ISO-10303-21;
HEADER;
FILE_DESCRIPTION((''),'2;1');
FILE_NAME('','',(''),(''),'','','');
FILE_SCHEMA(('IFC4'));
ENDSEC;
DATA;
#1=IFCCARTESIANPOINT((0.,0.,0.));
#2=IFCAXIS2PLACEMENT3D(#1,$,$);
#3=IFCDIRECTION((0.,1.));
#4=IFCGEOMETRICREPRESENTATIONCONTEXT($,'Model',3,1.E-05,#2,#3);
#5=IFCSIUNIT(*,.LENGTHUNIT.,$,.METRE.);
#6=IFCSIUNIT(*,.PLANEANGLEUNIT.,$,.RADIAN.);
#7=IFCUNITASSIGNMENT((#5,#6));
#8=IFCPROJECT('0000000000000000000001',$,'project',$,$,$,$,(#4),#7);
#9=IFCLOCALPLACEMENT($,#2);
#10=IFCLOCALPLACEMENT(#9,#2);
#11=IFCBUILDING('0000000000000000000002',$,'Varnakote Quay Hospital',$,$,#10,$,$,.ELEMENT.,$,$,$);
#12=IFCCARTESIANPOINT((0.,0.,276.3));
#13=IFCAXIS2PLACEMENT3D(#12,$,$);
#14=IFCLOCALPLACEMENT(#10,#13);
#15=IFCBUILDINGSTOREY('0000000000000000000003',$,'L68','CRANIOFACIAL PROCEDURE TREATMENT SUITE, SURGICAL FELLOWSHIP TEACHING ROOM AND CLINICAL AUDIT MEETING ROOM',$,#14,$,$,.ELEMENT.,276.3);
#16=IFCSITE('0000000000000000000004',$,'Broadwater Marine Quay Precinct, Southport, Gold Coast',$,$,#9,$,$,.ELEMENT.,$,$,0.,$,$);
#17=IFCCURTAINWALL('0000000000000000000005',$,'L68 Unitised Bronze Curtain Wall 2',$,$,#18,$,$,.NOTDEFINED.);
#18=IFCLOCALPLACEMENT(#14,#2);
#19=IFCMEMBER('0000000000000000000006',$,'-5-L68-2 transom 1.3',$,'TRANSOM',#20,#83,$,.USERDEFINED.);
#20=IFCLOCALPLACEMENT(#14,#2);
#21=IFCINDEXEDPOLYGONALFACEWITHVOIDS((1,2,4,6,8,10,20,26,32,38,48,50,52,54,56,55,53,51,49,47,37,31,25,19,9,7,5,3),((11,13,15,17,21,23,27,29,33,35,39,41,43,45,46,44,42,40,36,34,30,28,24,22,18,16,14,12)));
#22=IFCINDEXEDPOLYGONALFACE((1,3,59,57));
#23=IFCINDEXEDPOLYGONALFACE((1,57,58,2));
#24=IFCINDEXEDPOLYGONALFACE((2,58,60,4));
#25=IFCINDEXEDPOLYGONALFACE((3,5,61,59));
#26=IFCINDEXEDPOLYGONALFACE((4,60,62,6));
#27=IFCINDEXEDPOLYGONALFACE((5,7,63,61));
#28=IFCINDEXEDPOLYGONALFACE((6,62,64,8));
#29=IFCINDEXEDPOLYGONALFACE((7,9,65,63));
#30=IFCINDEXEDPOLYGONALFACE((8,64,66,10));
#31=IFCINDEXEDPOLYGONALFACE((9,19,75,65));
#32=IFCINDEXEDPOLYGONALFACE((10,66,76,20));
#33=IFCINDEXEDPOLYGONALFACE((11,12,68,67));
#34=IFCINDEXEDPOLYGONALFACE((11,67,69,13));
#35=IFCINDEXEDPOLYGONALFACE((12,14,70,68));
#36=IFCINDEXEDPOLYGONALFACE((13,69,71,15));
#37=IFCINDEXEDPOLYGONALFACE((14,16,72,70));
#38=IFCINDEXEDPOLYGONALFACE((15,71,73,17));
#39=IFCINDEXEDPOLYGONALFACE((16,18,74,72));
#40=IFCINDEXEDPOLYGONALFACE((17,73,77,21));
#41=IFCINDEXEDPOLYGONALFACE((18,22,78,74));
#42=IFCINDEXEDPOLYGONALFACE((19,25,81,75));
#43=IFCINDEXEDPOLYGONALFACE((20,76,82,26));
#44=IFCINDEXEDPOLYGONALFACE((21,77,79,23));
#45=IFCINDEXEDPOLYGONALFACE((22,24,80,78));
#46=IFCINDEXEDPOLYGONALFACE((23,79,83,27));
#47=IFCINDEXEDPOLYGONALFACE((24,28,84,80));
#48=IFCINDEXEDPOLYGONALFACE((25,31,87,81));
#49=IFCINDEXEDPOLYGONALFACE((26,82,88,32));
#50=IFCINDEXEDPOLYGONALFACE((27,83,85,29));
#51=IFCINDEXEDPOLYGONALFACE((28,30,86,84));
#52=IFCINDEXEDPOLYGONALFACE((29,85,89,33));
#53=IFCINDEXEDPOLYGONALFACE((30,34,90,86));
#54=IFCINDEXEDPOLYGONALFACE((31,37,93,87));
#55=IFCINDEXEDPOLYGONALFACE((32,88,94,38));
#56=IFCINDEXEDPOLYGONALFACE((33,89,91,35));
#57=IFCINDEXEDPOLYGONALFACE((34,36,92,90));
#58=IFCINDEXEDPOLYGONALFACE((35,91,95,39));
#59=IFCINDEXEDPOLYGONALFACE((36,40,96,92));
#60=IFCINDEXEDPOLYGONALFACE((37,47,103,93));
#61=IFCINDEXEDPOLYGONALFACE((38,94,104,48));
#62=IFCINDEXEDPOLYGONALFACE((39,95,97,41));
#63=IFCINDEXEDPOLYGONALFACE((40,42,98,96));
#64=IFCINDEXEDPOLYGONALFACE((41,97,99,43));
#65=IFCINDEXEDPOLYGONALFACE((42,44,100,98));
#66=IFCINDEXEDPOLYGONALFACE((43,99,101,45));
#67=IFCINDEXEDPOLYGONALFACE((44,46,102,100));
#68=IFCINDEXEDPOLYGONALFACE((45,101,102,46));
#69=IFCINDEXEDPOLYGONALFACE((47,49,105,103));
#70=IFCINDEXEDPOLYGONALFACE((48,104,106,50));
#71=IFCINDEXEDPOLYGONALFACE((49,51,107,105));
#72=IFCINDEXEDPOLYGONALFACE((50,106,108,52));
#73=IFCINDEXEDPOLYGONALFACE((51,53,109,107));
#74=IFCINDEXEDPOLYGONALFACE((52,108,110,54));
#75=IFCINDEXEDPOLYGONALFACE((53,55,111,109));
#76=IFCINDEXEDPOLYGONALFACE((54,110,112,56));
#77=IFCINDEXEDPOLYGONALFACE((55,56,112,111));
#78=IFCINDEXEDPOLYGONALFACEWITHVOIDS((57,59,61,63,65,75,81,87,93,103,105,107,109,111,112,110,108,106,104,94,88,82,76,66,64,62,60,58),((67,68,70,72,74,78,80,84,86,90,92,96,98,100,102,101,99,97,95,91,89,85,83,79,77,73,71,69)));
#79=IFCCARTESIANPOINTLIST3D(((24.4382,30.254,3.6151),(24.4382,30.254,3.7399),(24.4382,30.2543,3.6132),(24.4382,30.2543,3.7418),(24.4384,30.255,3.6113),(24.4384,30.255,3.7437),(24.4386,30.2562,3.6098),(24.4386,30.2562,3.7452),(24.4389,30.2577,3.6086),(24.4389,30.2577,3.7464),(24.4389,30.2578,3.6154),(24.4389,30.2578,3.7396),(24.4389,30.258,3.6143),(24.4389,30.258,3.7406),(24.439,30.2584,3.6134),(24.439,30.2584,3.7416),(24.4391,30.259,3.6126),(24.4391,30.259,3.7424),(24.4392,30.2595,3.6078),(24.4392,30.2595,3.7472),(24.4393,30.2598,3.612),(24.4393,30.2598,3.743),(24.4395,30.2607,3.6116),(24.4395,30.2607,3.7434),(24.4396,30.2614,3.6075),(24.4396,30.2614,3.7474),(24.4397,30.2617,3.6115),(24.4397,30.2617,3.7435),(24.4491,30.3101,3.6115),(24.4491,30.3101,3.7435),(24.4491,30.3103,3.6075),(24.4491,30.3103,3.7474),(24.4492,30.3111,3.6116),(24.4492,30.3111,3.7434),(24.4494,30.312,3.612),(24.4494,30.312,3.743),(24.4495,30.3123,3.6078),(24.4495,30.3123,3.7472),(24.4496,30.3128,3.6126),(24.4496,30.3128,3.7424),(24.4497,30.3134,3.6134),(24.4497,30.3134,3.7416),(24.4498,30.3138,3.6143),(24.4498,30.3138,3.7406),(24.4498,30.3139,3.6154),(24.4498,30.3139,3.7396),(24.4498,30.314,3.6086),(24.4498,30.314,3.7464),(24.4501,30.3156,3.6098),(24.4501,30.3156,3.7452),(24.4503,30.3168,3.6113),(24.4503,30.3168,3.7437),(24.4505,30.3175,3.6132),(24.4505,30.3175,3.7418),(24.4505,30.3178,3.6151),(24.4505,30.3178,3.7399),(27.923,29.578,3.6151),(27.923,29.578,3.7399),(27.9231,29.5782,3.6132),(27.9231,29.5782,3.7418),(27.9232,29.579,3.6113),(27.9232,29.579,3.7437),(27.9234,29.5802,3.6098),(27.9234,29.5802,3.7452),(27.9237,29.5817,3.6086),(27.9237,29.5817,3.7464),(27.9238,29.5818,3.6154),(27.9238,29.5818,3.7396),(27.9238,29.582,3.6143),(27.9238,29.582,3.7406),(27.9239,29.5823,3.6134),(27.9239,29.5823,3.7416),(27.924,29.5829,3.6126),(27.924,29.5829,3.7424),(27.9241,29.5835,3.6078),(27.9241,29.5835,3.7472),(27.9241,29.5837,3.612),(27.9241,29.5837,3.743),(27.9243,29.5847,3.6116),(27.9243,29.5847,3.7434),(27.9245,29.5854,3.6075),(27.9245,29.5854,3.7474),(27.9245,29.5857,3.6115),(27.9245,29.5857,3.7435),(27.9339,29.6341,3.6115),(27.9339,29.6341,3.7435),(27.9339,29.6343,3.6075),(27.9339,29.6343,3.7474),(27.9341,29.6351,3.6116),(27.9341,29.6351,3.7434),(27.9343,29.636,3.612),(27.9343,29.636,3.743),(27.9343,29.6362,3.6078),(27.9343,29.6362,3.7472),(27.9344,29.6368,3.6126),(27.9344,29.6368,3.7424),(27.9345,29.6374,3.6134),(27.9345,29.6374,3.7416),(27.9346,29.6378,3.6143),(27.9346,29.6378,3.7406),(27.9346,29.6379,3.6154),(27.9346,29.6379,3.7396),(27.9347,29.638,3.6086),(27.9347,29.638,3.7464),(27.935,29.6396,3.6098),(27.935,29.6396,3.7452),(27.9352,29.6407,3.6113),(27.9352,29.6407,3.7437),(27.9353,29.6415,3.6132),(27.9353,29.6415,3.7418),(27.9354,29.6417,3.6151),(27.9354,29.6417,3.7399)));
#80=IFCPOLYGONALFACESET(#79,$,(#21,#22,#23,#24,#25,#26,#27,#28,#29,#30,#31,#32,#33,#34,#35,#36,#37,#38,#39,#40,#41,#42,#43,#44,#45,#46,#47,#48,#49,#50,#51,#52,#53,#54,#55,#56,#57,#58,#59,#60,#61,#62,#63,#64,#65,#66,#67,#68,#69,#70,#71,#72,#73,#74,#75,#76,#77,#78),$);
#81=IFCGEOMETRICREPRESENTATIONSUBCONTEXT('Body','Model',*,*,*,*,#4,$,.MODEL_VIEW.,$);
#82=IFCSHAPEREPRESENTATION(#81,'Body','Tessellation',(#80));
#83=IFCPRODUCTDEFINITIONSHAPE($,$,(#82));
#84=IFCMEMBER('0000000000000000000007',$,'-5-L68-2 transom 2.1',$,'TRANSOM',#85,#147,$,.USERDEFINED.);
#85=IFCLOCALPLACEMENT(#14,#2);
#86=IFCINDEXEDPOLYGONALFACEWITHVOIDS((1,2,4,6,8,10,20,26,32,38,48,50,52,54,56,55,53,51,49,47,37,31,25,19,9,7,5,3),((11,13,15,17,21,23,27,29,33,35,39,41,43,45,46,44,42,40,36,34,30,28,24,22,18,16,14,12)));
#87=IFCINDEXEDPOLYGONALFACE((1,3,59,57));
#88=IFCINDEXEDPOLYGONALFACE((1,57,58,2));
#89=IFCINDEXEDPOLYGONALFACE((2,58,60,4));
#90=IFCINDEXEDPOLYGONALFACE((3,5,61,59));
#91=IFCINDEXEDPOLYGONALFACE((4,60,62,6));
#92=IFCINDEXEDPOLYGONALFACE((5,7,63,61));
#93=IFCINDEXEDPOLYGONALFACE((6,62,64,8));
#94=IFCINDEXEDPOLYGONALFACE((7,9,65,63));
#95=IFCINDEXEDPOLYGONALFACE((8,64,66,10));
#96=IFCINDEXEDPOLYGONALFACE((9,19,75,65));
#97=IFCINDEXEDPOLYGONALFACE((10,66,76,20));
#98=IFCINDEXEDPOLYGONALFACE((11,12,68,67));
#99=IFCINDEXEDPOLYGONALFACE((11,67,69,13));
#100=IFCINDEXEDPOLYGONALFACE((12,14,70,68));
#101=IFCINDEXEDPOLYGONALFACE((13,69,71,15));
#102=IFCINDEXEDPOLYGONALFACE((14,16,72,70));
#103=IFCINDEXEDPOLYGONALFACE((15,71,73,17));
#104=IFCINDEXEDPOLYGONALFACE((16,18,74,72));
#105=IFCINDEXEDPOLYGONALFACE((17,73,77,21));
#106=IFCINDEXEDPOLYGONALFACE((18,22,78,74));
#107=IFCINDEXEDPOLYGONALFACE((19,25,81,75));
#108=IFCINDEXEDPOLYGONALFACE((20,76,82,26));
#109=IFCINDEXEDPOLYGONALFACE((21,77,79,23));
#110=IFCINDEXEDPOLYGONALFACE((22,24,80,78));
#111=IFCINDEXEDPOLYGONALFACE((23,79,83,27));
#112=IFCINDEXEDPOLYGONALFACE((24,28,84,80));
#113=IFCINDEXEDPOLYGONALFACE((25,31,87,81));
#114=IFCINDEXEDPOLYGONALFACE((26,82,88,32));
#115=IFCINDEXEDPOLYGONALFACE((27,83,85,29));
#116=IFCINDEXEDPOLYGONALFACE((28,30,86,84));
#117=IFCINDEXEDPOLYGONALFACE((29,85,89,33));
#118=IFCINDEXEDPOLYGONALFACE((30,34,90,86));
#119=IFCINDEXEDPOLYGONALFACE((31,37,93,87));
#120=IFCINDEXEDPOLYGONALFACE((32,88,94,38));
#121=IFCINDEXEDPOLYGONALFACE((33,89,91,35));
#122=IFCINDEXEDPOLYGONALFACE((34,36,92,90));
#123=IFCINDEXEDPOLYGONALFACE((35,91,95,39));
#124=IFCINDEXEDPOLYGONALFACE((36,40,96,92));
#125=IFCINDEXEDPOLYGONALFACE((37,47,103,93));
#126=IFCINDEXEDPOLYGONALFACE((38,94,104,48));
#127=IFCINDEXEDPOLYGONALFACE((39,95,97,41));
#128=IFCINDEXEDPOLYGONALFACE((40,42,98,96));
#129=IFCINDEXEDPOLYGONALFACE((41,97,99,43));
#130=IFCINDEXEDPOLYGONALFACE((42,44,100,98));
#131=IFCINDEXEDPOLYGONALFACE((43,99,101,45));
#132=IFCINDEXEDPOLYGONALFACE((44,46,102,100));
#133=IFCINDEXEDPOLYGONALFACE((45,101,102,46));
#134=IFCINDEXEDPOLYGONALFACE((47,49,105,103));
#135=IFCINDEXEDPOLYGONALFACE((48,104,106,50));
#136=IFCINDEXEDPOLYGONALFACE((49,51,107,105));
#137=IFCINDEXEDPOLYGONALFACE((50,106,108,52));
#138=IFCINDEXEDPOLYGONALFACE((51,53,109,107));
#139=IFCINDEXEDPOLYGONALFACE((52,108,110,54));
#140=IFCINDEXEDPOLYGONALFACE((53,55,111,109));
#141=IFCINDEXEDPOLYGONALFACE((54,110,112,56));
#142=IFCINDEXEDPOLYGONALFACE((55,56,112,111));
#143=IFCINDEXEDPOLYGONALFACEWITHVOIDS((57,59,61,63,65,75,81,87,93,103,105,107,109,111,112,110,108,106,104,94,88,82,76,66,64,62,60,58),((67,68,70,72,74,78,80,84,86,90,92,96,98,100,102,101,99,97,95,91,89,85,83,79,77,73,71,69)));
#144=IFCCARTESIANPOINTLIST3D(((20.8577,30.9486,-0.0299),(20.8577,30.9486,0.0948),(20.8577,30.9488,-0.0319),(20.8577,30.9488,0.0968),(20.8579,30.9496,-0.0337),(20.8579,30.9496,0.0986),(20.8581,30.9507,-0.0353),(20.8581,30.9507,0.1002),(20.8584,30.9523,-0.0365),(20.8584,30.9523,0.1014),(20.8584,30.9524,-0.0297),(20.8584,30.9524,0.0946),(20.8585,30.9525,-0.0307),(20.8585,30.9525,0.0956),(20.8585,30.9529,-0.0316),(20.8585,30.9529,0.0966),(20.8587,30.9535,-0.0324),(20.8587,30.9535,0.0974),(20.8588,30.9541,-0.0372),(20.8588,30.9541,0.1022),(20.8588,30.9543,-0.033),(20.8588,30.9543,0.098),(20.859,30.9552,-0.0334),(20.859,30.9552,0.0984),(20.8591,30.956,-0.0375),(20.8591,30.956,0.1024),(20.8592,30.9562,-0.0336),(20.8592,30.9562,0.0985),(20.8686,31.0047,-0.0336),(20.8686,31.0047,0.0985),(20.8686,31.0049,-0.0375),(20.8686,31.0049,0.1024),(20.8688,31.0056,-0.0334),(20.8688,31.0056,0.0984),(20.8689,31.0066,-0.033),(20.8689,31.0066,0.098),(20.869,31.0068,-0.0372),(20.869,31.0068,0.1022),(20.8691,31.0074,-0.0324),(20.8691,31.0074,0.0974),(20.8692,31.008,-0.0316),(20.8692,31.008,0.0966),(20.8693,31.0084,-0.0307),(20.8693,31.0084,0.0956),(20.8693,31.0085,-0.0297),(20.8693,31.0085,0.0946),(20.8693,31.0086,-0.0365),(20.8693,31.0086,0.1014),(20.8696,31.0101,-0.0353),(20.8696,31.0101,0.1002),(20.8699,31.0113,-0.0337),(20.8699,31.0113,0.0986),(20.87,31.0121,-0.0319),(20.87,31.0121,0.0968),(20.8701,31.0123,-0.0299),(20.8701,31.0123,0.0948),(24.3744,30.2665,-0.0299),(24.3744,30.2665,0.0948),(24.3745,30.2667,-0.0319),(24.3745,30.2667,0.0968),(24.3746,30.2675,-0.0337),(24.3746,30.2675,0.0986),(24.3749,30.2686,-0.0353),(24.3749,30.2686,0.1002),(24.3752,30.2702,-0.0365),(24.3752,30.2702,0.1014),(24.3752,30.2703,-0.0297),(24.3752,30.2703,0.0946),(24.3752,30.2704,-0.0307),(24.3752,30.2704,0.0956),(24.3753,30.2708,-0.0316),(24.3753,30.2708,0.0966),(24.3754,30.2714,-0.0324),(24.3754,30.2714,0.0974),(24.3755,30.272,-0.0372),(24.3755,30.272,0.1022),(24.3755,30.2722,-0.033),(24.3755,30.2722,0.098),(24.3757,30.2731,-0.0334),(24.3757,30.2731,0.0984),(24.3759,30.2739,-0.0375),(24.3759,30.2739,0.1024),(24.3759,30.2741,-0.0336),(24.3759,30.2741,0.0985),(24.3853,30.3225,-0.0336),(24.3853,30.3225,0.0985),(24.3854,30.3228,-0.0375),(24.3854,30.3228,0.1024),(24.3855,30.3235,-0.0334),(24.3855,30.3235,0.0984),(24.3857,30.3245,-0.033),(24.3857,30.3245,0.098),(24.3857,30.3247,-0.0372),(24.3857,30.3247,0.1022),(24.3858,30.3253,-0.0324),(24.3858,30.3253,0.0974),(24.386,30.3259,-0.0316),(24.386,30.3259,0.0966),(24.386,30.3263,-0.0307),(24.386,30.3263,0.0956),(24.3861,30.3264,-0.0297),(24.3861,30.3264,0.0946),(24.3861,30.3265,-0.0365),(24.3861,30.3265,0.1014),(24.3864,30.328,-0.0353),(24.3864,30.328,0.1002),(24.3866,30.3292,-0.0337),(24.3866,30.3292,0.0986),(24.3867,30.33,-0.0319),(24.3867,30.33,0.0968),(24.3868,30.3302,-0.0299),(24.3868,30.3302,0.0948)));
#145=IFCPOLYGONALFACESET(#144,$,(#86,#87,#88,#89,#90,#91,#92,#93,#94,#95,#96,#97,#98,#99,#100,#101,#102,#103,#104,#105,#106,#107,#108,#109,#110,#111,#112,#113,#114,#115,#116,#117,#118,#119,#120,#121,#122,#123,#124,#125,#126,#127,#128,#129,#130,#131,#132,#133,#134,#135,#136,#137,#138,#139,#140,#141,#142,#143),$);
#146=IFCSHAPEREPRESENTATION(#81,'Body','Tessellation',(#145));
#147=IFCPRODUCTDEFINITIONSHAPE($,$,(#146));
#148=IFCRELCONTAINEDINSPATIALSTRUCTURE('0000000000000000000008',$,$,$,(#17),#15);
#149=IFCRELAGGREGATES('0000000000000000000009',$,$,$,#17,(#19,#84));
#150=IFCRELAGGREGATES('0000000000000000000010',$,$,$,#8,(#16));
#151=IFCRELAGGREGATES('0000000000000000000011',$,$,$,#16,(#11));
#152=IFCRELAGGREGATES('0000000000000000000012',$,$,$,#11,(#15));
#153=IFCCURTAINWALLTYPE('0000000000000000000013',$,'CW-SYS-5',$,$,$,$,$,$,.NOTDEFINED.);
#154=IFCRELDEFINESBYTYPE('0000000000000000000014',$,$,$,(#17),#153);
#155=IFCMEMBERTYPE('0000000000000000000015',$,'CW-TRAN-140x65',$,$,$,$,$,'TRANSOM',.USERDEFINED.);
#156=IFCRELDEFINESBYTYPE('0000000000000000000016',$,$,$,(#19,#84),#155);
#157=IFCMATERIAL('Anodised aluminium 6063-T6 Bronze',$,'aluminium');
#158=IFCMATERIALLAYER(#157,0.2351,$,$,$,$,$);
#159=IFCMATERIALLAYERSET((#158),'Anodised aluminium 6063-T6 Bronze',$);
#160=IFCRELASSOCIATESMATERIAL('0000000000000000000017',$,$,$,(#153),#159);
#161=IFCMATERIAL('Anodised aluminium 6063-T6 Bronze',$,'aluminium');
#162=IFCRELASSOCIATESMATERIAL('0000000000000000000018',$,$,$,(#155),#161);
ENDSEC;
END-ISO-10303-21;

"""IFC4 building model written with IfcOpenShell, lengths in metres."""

from ifc_helpers import new_model, si_unit, direction, frame, origin, origin_2d, place, context, subcontext, project, spatial, hollow_rectangle, extrude, material, layer, layer_set, material_profile, profile_set, type_object, element, aggregate, save


model = new_model("IFC4")

# Units and contexts
model_context = context("Model", 3, precision=1e-05, world=origin(), true_north=direction((0.0, 1.0)))
body_context = subcontext(model_context, "Body", "Model", "MODEL_VIEW")
ifc_project = project(units=[si_unit("LENGTHUNIT", "METRE"), si_unit("PLANEANGLEUNIT", "RADIAN")], contexts=[model_context])

# Site, building, storey
site_placement = place(None, origin())
site = spatial("IfcSite", under=ifc_project, at=site_placement, Name="Broadwater Marine Quay Precinct, Southport, Gold Coast", CompositionType="ELEMENT", RefElevation=0.0)
building_placement = place(site_placement, origin())
building = spatial("IfcBuilding", under=site, at=building_placement, Name="Varnakote Quay Hospital", CompositionType="ELEMENT")
storey_placement = place(building_placement, frame((0.0, 0.0, 276.3)))
storey = spatial("IfcBuildingStorey", under=building, at=storey_placement, Name="L68", Description="CRANIOFACIAL PROCEDURE TREATMENT SUITE, SURGICAL FELLOWSHIP TEACHING ROOM AND CLINICAL AUDIT MEETING ROOM", CompositionType="ELEMENT", Elevation=276.3)

# Shared definitions
ifc_material_1 = material(Name="Anodised aluminium 6063-T6 Bronze", Category="aluminium")
ifc_layer_1 = layer(ifc_material_1, 0.2351)
ifc_layer_set_1 = layer_set([ifc_layer_1], Name="Anodised aluminium 6063-T6 Bronze")
curtain_wall_type = type_object("IfcCurtainWallType", Name="CW-SYS-5", PredefinedType="NOTDEFINED", material=ifc_layer_set_1)

# Curtain wall
curtain_wall_1_placement = place(storey_placement, origin())
curtain_wall_1 = element("IfcCurtainWall", 1, at=curtain_wall_1_placement, inside=storey, type_object=curtain_wall_type, Name="L68 Unitised Bronze Curtain Wall 2", PredefinedType="NOTDEFINED")

# Members
ifc_material_2 = material(Name="Anodised aluminium 6063-T6 Bronze", Category="aluminium")
ifc_material_profile_1 = material_profile(ifc_material_2, hollow_rectangle(XDim=0.0649, YDim=0.1399, WallThickness=0.0039, InnerFilletRadius=0.0039, OuterFilletRadius=0.0076, at=origin_2d()), Name="CW-TRAN-140x65")
ifc_profile_set_1 = profile_set([ifc_material_profile_1], Name="Anodised aluminium 6063-T6 Bronze")
member_type_1 = type_object("IfcMemberType", Name="CW-TRAN-140x65", ElementType="TRANSOM", PredefinedType="USERDEFINED", material=ifc_profile_set_1)
member_1_placement = place(storey_placement, frame((27.9292, 29.6099, 3.6775), z_axis=(-0.981699, 0.190439, 0.0), x_axis=(-0.190439, -0.981699, 0.0)))
member_1 = element("IfcMember", 2, at=member_1_placement, type_object=member_type_1, Name="-5-L68-2 transom 1.3", ObjectType="TRANSOM", PredefinedType="USERDEFINED", context=body_context, shape_type="SweptSolid", body=[
    extrude(hollow_rectangle(XDim=0.0649, YDim=0.1399, WallThickness=0.0039, InnerFilletRadius=0.0039, OuterFilletRadius=0.0076, at=origin_2d()), origin(), (0.0, 0.0, 1.0), 3.5498),
])
member_2_placement = place(storey_placement, frame((24.3806, 30.2983, 0.0325), z_axis=(-0.981704, 0.190412, 0.0), x_axis=(-0.190412, -0.981704, 0.0)))
member_2 = element("IfcMember", 3, at=member_2_placement, type_object=member_type_1, Name="-5-L68-2 transom 2.1", ObjectType="TRANSOM", PredefinedType="USERDEFINED", context=body_context, shape_type="SweptSolid", body=[
    extrude(hollow_rectangle(XDim=0.0649, YDim=0.1399, WallThickness=0.0039, InnerFilletRadius=0.0039, OuterFilletRadius=0.0076, at=origin_2d()), origin(), (0.0, 0.0, 1.0), 3.5823),
])

aggregate(curtain_wall_1, [member_1, member_2])

save(model, "model.ifc")
